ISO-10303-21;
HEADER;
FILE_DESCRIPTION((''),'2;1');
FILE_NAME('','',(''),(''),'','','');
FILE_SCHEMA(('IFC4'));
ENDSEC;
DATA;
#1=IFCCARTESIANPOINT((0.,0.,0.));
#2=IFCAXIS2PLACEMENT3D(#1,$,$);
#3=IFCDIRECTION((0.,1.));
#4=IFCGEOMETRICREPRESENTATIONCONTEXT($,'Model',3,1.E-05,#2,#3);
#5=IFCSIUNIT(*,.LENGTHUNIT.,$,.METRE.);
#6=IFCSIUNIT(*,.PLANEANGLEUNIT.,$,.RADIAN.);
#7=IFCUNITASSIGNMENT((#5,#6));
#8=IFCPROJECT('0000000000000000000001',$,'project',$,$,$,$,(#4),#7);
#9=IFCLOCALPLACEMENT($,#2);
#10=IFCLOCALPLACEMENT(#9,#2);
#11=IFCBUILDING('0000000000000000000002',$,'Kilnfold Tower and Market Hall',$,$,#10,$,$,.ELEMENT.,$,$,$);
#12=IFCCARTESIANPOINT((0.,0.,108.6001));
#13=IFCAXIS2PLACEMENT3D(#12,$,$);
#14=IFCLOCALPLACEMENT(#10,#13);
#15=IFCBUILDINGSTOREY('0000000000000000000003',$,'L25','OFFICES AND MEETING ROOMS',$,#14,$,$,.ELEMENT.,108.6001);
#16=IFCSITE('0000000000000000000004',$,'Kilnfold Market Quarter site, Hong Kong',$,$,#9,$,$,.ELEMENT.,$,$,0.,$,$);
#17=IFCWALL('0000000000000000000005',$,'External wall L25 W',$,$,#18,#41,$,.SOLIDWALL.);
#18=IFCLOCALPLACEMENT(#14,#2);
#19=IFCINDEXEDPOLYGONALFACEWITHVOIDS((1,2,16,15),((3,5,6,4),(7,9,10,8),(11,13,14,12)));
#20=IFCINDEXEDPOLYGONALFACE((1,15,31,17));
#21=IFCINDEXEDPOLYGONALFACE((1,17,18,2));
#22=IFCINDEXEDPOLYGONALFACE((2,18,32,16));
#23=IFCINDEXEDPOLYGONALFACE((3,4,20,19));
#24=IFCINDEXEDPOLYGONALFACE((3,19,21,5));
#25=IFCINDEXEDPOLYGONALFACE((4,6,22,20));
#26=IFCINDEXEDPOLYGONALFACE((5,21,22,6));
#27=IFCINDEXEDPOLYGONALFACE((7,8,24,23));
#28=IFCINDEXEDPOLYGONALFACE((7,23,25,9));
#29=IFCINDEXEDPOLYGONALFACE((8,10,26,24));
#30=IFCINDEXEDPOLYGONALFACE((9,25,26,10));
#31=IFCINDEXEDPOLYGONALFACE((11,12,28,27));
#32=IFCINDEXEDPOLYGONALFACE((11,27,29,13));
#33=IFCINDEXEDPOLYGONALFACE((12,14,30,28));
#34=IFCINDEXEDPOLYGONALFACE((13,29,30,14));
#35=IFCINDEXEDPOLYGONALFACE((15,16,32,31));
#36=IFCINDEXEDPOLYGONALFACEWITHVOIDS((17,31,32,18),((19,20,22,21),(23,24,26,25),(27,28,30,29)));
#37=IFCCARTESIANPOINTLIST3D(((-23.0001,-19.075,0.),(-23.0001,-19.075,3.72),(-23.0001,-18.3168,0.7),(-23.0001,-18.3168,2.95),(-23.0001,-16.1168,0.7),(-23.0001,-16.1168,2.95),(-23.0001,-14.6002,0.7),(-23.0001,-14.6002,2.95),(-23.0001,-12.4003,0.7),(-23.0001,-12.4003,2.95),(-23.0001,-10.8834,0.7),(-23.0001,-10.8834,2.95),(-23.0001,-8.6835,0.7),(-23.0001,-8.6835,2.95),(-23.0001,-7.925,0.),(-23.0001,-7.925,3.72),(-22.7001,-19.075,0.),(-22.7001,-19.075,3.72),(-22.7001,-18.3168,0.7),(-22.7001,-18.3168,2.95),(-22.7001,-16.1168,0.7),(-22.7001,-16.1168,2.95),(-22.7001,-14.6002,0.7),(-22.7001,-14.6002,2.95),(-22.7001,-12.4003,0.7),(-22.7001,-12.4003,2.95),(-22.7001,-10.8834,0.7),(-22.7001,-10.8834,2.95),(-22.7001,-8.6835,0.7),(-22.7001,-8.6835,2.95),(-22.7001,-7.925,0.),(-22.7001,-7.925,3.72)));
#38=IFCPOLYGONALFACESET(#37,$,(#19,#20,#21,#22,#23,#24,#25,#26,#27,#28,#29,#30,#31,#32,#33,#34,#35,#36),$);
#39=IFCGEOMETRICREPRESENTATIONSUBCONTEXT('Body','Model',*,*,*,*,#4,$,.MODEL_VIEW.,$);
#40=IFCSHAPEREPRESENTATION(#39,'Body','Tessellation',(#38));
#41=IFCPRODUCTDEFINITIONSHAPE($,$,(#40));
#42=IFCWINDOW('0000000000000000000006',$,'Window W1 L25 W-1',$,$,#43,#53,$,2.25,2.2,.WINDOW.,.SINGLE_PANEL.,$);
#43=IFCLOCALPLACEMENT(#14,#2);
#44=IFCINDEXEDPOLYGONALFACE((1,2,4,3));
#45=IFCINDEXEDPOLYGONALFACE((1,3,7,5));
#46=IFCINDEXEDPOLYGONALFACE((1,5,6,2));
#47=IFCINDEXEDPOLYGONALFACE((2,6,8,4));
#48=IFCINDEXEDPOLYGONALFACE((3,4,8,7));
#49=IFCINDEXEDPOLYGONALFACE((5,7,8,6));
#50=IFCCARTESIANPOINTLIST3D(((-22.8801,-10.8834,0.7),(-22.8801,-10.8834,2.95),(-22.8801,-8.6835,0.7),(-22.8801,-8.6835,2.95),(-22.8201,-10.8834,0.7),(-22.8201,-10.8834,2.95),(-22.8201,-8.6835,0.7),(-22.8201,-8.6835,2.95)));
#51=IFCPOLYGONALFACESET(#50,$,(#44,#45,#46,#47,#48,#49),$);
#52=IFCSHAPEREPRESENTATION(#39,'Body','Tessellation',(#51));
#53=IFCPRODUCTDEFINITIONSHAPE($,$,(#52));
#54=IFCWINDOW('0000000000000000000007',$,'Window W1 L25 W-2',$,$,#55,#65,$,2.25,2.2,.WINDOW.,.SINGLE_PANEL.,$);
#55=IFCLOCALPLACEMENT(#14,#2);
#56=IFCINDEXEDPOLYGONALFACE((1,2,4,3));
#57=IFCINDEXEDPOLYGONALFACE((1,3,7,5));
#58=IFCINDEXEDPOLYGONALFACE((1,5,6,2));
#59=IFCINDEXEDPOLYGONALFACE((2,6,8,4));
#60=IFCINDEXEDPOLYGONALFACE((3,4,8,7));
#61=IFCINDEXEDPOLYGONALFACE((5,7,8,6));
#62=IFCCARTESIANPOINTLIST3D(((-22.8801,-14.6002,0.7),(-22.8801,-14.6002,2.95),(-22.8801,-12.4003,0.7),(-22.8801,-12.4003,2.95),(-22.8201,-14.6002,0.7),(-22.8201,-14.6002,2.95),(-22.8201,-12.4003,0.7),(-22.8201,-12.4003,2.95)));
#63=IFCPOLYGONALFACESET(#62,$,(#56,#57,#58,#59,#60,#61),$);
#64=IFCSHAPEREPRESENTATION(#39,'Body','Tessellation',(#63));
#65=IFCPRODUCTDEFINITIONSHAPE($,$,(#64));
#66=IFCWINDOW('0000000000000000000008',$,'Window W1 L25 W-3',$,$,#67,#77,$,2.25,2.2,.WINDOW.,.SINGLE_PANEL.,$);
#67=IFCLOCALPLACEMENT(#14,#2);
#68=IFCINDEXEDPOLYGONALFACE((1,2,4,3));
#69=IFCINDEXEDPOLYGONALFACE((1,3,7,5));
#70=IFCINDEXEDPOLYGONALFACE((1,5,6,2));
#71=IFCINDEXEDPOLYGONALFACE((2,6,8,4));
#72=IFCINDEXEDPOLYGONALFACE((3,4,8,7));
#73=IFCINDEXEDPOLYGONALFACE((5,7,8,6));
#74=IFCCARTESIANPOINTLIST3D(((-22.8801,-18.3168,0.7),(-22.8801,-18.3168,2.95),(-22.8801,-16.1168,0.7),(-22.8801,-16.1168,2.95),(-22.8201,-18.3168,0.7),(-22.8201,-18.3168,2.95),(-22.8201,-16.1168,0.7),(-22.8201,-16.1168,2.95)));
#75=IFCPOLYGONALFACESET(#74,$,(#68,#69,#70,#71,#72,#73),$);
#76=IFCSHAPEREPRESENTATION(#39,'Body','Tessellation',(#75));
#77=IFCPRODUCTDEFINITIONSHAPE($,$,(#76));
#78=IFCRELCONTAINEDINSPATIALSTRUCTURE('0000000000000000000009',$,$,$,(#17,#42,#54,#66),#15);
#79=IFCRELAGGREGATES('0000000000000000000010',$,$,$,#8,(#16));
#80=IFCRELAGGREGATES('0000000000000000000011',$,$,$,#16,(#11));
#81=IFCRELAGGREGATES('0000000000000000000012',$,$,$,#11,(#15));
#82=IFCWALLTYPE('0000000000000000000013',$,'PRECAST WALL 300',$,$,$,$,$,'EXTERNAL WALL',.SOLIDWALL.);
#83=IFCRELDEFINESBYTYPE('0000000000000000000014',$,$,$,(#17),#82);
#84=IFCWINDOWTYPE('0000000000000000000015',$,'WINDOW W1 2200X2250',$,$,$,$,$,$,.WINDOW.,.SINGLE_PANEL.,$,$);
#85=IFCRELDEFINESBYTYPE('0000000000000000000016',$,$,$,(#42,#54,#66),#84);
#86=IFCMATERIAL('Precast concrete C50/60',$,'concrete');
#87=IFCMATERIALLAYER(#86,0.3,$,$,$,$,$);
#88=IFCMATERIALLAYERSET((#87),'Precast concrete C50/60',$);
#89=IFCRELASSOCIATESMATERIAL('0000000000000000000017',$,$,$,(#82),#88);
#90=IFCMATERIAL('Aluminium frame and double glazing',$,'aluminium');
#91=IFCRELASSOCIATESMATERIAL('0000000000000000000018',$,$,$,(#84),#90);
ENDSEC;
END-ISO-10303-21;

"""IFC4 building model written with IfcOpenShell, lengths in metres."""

from ifc_helpers import new_model, si_unit, direction, frame, frame_2d, origin, place, context, subcontext, project, spatial, rectangle, extrude, source, transform, mapped, material, layer, layer_set, type_object, element, fill, save


model = new_model("IFC4")

# Units and contexts
model_context = context("Model", 3, precision=1e-05, world=origin(), true_north=direction((0.0, 1.0)))
body_context = subcontext(model_context, "Body", "Model", "MODEL_VIEW")
ifc_project = project(units=[si_unit("LENGTHUNIT", "METRE"), si_unit("PLANEANGLEUNIT", "RADIAN")], contexts=[model_context])

# Site, building, storey
site_placement = place(None, origin())
site = spatial("IfcSite", under=ifc_project, at=site_placement, Name="Kilnfold Market Quarter site, Hong Kong", CompositionType="ELEMENT", RefElevation=0.0)
building_placement = place(site_placement, origin())
building = spatial("IfcBuilding", under=site, at=building_placement, Name="Kilnfold Tower and Market Hall", CompositionType="ELEMENT")
storey_placement = place(building_placement, frame((0.0, 0.0, 108.6001)))
storey = spatial("IfcBuildingStorey", under=building, at=storey_placement, Name="L25", Description="OFFICES AND MEETING ROOMS", CompositionType="ELEMENT", Elevation=108.6001)

# Wall, openings, windows
ifc_material_1 = material(Name="Precast concrete C50/60", Category="concrete")
ifc_layer_1 = layer(ifc_material_1, 0.3)
ifc_layer_set_1 = layer_set([ifc_layer_1], Name="Precast concrete C50/60")
wall_type_1 = type_object("IfcWallType", Name="PRECAST WALL 300", ElementType="EXTERNAL WALL", PredefinedType="SOLIDWALL", material=ifc_layer_set_1)
shared_shape_1 = source(origin(), body_context, "Body", "SweptSolid", [
    extrude(rectangle(XDim=11.1499, YDim=0.3, at=frame_2d((5.575, 0.0))), origin(), (0.0, 0.0, 1.0), 3.72),
])
wall_1_placement = place(storey_placement, frame((-22.8501, -7.925, 0.0), z_axis=(0.0, 0.0, 1.0), x_axis=(0.0, -1.0, 0.0)))
wall_1 = element("IfcWall", 1, at=wall_1_placement, inside=storey, type_object=wall_type_1, Name="External wall L25 W", PredefinedType="SOLIDWALL", context=body_context, shape_type="MappedRepresentation", body=[
    mapped(shared_shape_1, transform((0.0, 0.0, 0.0))),
])
opening_1_placement = place(wall_1_placement, frame((0.7583, 0.0, 0.7)))
opening_1 = element("IfcOpeningElement", 2, at=opening_1_placement, cuts=wall_1, PredefinedType="OPENING", context=body_context, shape_type="SweptSolid", body=[
    extrude(rectangle(XDim=2.2, YDim=2.25, at=frame_2d((1.1001, 1.125))), frame((0.0, 0.1602, 0.0), z_axis=(0.0, -1.0, 0.0), x_axis=(1.0, 0.0, 0.0)), (0.0, 0.0, 1.0), 0.3201),
])
opening_2_placement = place(wall_1_placement, frame((4.4751, 0.0, 0.7)))
opening_2 = element("IfcOpeningElement", 3, at=opening_2_placement, cuts=wall_1, PredefinedType="OPENING", context=body_context, shape_type="SweptSolid", body=[
    extrude(rectangle(XDim=2.2, YDim=2.25, at=frame_2d((1.1001, 1.125))), frame((0.0, 0.1602, 0.0), z_axis=(0.0, -1.0, 0.0), x_axis=(1.0, 0.0, 0.0)), (0.0, 0.0, 1.0), 0.3201),
])
opening_3_placement = place(wall_1_placement, frame((8.1917, 0.0, 0.7)))
opening_3 = element("IfcOpeningElement", 4, at=opening_3_placement, cuts=wall_1, PredefinedType="OPENING", context=body_context, shape_type="SweptSolid", body=[
    extrude(rectangle(XDim=2.2, YDim=2.25, at=frame_2d((1.1001, 1.125))), frame((0.0, 0.1602, 0.0), z_axis=(0.0, -1.0, 0.0), x_axis=(1.0, 0.0, 0.0)), (0.0, 0.0, 1.0), 0.3201),
])
ifc_material_2 = material(Name="Aluminium frame and double glazing", Category="aluminium")
window_type = type_object("IfcWindowType", Name="WINDOW W1 2200X2250", PartitioningType="SINGLE_PANEL", PredefinedType="WINDOW", material=ifc_material_2)
window_1_placement = place(opening_1_placement, origin())
window_1 = element("IfcWindow", 5, at=window_1_placement, inside=storey, type_object=window_type, Name="Window W1 L25 W-1", OverallHeight=2.25, OverallWidth=2.2, PartitioningType="SINGLE_PANEL", PredefinedType="WINDOW", context=body_context, shape_type="SweptSolid", body=[
    extrude(rectangle(XDim=2.2, YDim=2.25, at=frame_2d((1.1001, 1.125))), frame((0.0, 0.03, 0.0), z_axis=(0.0, -1.0, 0.0), x_axis=(1.0, 0.0, 0.0)), (0.0, 0.0, 1.0), 0.0601),
])
fill(opening_1, window_1)
window_2_placement = place(opening_2_placement, origin())
window_2 = element("IfcWindow", 6, at=window_2_placement, inside=storey, type_object=window_type, Name="Window W1 L25 W-2", OverallHeight=2.25, OverallWidth=2.2, PartitioningType="SINGLE_PANEL", PredefinedType="WINDOW", context=body_context, shape_type="SweptSolid", body=[
    extrude(rectangle(XDim=2.2, YDim=2.25, at=frame_2d((1.1001, 1.125))), frame((0.0, 0.03, 0.0), z_axis=(0.0, -1.0, 0.0), x_axis=(1.0, 0.0, 0.0)), (0.0, 0.0, 1.0), 0.0601),
])
fill(opening_2, window_2)
window_3_placement = place(opening_3_placement, origin())
window_3 = element("IfcWindow", 7, at=window_3_placement, inside=storey, type_object=window_type, Name="Window W1 L25 W-3", OverallHeight=2.25, OverallWidth=2.2, PartitioningType="SINGLE_PANEL", PredefinedType="WINDOW", context=body_context, shape_type="SweptSolid", body=[
    extrude(rectangle(XDim=2.2, YDim=2.25, at=frame_2d((1.1001, 1.125))), frame((0.0, 0.03, 0.0), z_axis=(0.0, -1.0, 0.0), x_axis=(1.0, 0.0, 0.0)), (0.0, 0.0, 1.0), 0.0601),
])
fill(opening_3, window_3)

save(model, "model.ifc")
